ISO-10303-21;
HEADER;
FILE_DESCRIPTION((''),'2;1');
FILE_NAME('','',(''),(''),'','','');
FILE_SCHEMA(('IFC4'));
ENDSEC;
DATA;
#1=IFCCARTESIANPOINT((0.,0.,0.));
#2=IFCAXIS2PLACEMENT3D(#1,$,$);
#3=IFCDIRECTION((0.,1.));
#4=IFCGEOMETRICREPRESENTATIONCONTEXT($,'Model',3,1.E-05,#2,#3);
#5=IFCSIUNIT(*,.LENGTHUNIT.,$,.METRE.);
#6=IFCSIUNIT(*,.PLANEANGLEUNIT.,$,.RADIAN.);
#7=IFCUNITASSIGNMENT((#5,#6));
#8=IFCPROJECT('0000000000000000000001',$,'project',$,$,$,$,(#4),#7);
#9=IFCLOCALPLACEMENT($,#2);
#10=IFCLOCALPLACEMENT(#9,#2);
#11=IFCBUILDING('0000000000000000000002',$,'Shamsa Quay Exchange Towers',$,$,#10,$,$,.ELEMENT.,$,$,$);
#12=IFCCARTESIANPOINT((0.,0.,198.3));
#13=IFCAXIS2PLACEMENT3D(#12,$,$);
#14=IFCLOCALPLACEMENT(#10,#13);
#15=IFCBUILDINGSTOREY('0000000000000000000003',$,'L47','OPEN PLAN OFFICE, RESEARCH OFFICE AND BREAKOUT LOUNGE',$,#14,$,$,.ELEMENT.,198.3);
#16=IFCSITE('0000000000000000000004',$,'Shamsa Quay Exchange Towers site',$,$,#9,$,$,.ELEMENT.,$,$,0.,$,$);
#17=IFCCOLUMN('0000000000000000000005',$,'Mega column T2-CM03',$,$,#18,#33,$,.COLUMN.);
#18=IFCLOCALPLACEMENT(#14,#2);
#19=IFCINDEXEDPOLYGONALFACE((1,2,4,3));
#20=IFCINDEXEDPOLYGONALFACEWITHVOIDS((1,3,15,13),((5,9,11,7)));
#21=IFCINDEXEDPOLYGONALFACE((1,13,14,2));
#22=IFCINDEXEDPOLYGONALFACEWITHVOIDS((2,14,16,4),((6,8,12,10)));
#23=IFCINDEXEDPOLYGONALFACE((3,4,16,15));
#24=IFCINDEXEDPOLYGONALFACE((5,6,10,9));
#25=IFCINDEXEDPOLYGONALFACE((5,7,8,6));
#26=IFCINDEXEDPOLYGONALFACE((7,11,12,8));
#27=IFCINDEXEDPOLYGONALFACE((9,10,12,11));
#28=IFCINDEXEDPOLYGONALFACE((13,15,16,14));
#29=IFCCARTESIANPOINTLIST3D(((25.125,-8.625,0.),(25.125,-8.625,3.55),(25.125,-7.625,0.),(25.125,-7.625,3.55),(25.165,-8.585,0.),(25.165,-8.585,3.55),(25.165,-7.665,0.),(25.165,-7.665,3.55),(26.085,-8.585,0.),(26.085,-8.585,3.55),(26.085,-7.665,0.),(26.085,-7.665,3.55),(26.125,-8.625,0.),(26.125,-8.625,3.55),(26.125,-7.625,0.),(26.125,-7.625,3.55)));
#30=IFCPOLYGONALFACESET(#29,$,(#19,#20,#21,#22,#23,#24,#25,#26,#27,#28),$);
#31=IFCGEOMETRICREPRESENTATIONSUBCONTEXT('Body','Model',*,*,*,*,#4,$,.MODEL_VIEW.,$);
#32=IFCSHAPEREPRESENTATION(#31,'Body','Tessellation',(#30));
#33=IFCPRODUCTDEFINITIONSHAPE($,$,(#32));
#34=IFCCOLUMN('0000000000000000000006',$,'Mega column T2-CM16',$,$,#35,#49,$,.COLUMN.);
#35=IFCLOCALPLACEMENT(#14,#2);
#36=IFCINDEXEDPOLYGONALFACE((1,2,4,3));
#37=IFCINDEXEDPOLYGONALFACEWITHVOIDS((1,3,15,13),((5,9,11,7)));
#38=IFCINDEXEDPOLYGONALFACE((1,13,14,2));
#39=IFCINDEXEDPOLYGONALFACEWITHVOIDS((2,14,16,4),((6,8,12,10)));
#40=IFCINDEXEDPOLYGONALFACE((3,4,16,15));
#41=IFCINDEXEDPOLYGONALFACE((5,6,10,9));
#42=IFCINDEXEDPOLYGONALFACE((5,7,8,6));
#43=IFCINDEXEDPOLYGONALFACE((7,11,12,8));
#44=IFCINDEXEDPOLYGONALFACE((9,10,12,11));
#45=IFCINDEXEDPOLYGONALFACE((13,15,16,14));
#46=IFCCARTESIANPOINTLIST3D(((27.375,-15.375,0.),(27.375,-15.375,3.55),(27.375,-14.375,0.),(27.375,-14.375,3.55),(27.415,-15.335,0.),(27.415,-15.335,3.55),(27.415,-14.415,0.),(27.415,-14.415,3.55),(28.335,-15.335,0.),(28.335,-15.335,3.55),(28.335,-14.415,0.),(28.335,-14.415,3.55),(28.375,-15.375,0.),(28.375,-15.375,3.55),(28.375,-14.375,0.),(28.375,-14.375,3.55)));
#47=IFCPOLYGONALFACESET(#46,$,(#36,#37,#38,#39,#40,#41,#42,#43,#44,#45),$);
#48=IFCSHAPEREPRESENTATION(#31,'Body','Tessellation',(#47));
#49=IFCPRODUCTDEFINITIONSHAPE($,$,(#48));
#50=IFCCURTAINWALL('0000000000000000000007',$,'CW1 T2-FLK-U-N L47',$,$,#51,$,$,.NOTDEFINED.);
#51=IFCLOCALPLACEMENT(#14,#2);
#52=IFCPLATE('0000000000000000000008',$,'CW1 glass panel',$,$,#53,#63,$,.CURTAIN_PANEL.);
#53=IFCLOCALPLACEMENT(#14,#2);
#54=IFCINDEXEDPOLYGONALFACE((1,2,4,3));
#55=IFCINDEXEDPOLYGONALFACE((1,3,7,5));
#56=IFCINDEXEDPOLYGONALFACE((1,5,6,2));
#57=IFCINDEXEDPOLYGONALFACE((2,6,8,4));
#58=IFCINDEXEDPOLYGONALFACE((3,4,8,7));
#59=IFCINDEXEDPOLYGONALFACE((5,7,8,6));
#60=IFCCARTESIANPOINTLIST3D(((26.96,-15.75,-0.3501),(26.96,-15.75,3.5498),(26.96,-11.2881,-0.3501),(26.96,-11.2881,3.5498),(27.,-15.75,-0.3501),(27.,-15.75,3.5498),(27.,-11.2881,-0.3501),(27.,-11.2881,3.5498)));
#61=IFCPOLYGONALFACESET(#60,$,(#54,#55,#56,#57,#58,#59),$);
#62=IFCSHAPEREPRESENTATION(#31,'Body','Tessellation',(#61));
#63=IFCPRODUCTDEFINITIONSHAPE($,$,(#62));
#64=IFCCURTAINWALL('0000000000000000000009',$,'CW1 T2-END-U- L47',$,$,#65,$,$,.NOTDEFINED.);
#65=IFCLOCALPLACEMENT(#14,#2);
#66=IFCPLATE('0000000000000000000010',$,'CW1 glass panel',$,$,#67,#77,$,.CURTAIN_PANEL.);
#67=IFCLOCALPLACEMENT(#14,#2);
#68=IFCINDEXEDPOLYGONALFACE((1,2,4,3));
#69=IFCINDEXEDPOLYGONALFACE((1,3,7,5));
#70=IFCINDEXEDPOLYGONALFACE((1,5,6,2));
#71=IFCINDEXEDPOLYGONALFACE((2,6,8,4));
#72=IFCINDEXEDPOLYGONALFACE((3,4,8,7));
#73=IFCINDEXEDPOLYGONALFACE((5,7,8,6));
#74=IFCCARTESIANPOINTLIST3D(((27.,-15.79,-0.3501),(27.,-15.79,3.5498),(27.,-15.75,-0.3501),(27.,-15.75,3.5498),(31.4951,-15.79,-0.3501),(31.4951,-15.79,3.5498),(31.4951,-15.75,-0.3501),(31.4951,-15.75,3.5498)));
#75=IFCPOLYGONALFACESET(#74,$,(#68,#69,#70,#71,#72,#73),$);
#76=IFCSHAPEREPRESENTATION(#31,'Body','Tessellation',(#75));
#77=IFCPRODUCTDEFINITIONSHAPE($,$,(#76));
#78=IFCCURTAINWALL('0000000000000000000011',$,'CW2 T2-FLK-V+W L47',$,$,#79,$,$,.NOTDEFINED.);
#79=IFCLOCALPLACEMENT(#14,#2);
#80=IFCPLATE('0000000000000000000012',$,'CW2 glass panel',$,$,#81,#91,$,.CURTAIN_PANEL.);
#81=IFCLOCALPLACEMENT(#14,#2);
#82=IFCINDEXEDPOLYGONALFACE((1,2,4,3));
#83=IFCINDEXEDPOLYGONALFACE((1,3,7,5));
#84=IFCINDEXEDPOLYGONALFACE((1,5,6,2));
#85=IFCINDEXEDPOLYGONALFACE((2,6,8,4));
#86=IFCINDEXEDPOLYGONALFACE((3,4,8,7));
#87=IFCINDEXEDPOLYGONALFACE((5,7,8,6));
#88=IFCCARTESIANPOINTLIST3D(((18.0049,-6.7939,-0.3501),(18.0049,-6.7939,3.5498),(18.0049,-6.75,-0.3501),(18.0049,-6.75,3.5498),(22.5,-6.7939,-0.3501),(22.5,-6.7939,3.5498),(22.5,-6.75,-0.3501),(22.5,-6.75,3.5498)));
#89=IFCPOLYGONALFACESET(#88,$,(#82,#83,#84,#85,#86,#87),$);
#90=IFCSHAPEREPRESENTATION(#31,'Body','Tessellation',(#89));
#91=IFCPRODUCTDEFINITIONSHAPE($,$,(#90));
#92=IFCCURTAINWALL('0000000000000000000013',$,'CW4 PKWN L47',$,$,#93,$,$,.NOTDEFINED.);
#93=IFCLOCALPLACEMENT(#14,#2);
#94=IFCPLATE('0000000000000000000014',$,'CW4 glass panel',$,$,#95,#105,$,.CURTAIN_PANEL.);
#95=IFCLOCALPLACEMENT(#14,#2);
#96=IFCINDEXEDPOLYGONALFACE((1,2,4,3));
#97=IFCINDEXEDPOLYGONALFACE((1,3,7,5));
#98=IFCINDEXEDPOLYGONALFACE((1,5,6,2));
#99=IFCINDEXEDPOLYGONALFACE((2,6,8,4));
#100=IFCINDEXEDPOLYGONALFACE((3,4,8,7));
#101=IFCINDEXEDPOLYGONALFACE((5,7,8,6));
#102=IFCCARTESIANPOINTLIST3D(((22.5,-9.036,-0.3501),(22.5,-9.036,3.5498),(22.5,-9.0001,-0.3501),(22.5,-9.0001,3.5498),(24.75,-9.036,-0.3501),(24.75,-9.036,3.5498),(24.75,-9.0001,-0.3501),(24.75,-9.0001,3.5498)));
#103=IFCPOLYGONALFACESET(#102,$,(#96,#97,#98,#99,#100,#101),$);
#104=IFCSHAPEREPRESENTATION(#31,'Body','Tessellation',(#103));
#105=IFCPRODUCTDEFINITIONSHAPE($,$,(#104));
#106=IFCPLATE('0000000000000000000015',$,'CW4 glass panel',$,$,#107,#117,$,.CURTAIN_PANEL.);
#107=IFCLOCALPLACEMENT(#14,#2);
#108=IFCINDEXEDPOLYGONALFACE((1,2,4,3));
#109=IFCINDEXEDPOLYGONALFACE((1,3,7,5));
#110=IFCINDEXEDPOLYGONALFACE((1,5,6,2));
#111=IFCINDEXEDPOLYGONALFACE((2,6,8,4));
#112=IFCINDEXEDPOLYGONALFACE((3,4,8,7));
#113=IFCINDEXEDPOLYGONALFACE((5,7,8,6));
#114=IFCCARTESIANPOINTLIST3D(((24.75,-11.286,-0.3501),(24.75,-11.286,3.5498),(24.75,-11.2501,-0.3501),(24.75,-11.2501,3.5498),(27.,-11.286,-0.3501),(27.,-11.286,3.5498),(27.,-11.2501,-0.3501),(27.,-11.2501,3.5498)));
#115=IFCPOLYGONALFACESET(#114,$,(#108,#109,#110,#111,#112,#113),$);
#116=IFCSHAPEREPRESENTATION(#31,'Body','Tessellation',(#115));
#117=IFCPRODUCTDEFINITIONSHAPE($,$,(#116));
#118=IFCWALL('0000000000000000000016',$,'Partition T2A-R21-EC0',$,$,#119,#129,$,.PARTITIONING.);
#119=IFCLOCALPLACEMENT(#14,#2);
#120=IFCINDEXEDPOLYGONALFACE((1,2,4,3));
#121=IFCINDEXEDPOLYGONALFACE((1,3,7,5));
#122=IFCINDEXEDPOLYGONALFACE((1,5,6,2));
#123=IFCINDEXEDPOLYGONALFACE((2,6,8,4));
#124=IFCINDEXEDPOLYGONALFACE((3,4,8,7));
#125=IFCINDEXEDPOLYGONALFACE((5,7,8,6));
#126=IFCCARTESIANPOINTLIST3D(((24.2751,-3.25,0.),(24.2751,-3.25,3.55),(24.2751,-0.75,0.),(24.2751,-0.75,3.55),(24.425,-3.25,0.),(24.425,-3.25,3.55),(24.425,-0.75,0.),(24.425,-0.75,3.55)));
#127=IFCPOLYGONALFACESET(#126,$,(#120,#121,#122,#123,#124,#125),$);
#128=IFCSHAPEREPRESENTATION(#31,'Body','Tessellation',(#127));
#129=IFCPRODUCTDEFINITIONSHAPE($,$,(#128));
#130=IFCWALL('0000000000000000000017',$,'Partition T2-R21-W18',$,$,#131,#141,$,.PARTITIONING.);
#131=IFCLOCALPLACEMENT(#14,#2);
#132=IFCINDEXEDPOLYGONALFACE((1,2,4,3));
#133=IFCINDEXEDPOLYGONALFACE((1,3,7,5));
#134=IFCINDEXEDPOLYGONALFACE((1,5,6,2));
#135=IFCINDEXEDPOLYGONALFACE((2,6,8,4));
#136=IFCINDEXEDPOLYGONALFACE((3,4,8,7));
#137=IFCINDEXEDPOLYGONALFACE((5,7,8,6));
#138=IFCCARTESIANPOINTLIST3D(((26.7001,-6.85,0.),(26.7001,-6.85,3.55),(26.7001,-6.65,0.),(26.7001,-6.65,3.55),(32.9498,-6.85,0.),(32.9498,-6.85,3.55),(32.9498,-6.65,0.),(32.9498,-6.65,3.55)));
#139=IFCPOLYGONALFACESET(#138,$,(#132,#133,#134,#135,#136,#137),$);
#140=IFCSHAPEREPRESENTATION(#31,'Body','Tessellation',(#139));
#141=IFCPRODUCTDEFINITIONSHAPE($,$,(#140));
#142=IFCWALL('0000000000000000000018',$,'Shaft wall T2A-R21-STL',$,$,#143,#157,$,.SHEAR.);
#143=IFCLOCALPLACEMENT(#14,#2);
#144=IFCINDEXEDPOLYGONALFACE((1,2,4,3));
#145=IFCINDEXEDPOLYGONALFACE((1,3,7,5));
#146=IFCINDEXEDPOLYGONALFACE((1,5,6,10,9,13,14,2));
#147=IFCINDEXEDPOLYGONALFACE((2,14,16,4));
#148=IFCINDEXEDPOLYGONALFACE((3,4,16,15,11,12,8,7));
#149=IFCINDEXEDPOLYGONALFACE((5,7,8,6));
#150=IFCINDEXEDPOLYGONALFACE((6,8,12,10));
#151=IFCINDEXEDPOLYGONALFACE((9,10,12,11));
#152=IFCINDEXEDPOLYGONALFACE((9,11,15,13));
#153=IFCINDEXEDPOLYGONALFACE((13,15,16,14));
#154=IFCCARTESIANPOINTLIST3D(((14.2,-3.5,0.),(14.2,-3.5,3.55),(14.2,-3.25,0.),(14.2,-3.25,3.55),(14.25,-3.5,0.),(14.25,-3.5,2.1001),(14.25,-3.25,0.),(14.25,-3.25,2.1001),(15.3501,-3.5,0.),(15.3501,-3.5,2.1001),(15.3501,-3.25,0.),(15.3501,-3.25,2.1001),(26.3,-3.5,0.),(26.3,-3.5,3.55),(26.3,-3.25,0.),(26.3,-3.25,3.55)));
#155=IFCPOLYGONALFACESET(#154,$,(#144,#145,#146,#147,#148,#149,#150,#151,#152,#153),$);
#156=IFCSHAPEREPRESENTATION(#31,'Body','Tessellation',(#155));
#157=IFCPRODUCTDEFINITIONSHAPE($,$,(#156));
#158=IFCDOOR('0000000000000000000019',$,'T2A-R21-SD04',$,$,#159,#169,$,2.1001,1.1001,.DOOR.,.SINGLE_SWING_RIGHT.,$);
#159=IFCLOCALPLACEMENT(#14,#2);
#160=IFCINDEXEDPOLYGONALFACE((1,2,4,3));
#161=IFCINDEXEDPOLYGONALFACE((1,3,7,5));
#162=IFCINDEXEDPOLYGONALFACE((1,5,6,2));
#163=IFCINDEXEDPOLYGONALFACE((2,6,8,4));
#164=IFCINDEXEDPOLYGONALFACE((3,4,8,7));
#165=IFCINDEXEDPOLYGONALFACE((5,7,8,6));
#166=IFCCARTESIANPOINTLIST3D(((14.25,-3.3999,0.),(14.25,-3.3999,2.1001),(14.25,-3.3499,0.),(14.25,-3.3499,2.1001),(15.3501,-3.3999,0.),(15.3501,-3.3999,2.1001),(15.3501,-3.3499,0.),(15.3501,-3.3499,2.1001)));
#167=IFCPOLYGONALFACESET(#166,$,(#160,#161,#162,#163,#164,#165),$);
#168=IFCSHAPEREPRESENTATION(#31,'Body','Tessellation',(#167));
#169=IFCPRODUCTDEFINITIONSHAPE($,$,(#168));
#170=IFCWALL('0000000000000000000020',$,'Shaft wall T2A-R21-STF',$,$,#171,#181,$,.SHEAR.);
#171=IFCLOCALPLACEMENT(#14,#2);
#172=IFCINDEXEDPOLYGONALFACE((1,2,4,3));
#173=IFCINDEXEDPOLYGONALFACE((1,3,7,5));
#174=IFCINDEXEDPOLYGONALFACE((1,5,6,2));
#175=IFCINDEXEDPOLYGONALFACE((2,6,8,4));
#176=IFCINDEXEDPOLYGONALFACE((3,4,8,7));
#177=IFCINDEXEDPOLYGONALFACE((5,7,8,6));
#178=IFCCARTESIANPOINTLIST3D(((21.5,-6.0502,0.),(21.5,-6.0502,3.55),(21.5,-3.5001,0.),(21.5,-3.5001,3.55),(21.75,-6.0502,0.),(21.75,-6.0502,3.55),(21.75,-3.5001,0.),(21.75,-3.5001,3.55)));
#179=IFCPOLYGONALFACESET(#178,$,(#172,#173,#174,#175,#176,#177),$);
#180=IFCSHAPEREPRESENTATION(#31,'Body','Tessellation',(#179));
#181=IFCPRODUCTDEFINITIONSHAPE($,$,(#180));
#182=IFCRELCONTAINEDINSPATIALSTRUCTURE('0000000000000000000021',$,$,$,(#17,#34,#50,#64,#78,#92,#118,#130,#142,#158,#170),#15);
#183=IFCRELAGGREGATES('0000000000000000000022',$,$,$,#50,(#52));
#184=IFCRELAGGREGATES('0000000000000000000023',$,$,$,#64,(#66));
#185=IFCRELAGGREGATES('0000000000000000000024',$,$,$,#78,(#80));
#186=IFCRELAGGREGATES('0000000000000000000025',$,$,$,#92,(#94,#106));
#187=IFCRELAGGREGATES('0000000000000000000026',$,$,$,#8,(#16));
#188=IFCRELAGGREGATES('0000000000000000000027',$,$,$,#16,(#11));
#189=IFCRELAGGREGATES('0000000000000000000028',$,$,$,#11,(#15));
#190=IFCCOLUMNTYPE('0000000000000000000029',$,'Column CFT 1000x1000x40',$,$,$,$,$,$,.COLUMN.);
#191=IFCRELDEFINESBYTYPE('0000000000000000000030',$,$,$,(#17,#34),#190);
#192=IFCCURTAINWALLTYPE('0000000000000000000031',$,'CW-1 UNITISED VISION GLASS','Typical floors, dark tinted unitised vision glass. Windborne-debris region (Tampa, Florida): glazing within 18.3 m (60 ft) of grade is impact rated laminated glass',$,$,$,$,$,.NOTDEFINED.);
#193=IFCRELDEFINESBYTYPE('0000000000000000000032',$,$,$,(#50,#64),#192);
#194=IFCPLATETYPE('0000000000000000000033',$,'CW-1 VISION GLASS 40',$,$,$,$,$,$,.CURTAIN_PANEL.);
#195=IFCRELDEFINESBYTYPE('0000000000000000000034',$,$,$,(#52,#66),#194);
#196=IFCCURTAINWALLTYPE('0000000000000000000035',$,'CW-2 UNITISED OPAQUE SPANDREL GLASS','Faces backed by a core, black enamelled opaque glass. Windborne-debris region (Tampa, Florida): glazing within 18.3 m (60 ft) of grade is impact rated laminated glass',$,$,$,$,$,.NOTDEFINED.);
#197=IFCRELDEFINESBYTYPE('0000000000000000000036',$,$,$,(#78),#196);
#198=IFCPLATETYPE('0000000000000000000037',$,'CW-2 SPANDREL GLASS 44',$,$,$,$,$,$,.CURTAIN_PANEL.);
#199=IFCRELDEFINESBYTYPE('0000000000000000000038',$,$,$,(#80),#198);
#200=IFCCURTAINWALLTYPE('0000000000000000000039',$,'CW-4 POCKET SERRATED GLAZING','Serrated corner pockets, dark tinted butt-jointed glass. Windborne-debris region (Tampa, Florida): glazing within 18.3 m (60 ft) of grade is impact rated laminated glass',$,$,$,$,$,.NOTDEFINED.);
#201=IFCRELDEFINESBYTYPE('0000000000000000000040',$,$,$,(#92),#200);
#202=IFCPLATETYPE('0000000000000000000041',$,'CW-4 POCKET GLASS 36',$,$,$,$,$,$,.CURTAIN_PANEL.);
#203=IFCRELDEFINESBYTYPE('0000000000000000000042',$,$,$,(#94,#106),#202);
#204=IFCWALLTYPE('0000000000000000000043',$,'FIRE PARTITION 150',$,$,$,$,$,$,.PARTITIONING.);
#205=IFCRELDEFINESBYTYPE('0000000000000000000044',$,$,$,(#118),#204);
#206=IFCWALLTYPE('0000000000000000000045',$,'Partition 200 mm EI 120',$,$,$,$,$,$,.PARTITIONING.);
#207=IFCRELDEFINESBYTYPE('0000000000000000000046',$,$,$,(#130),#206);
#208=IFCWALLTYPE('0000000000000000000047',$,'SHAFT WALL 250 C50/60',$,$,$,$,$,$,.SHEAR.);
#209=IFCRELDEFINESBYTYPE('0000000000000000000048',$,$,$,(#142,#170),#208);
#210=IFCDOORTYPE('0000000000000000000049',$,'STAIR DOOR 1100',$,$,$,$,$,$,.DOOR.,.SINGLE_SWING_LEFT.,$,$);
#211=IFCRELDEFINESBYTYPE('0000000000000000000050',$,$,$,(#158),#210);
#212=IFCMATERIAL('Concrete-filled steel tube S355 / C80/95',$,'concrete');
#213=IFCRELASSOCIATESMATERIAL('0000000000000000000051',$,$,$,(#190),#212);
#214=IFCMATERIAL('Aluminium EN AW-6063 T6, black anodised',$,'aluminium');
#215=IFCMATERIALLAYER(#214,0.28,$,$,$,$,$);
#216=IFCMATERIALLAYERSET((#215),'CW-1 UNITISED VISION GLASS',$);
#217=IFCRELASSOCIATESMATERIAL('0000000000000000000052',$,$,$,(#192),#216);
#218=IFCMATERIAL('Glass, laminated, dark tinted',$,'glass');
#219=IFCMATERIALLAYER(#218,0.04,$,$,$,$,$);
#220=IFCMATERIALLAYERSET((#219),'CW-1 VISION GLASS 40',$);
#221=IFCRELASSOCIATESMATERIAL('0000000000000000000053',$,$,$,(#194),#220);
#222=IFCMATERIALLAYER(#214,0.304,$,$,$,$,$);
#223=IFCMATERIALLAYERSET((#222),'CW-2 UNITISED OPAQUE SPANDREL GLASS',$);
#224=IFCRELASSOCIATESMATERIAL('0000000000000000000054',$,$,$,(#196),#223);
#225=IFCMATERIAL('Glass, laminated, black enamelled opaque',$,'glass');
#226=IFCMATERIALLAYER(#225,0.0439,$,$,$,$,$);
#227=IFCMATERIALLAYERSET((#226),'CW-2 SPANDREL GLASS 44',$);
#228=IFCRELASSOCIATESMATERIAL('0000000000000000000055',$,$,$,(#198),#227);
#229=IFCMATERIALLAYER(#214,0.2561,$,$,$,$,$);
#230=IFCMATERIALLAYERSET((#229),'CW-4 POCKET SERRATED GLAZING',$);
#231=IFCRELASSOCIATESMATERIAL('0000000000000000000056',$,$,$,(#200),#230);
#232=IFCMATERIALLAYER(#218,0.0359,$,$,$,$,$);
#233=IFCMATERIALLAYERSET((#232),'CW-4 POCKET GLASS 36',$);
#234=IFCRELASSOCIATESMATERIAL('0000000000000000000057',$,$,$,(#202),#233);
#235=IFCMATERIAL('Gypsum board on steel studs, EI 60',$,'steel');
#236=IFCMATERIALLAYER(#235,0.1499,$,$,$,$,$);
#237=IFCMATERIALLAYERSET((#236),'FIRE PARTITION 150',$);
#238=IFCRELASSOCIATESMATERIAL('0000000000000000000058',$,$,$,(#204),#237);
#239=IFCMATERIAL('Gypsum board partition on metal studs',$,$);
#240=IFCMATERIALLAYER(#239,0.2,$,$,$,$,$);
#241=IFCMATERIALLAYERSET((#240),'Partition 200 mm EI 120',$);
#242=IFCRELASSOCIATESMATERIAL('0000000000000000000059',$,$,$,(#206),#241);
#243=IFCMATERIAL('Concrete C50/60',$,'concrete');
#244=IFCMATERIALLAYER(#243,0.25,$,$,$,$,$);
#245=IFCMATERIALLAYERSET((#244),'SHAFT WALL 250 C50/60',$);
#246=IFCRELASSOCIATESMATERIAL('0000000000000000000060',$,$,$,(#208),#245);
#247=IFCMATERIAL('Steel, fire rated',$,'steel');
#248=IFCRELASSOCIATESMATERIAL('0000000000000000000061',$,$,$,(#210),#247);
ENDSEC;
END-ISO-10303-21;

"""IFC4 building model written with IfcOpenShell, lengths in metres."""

from ifc_helpers import new_model, si_unit, direction, frame, frame_2d, origin, origin_2d, place, context, subcontext, project, spatial, rectangle, hollow_rectangle, extrude, material, layer, layer_set, material_profile, profile_set, type_object, element, fill, aggregate, save


model = new_model("IFC4")

# Units and contexts
model_context = context("Model", 3, precision=1e-05, world=origin(), true_north=direction((0.0, 1.0)))
body_context = subcontext(model_context, "Body", "Model", "MODEL_VIEW")
ifc_project = project(units=[si_unit("LENGTHUNIT", "METRE"), si_unit("PLANEANGLEUNIT", "RADIAN")], contexts=[model_context])

# Site, building, storey
site_placement = place(None, origin())
site = spatial("IfcSite", under=ifc_project, at=site_placement, Name="Shamsa Quay Exchange Towers site", CompositionType="ELEMENT", RefElevation=0.0)
building_placement = place(site_placement, origin())
building = spatial("IfcBuilding", under=site, at=building_placement, Name="Shamsa Quay Exchange Towers", CompositionType="ELEMENT")
storey_placement = place(building_placement, frame((0.0, 0.0, 198.3)))
storey = spatial("IfcBuildingStorey", under=building, at=storey_placement, Name="L47", Description="OPEN PLAN OFFICE, RESEARCH OFFICE AND BREAKOUT LOUNGE", CompositionType="ELEMENT", Elevation=198.3)

# Columns
ifc_material_1 = material(Name="Concrete-filled steel tube S355 / C80/95", Category="concrete")
ifc_material_profile = material_profile(ifc_material_1, hollow_rectangle(XDim=1.0, YDim=1.0, WallThickness=0.04, at=origin_2d()), Name="CFT 1000x1000x40")
ifc_profile_set = profile_set([ifc_material_profile], Name="Concrete-filled steel tube S355 / C80/95")
column_type = type_object("IfcColumnType", Name="Column CFT 1000x1000x40", PredefinedType="COLUMN", material=ifc_profile_set)
for number, where, name in (
    (1, (25.625, -8.125, 0.0), "Mega column T2-CM03"),
    (2, (27.875, -14.875, 0.0), "Mega column T2-CM16"),
):
    element("IfcColumn", number, at=place(storey_placement, frame(where)), inside=storey, type_object=column_type, Name=name, PredefinedType="COLUMN", context=body_context, shape_type="SweptSolid", body=[
        extrude(hollow_rectangle(XDim=1.0, YDim=1.0, WallThickness=0.04, at=origin_2d()), origin(), (0.0, 0.0, 1.0), 3.55),
    ])

# Curtain walls, plates
ifc_material_2 = material(Name="Aluminium EN AW-6063 T6, black anodised", Category="aluminium")
ifc_layer_1 = layer(ifc_material_2, 0.28)
ifc_layer_set_1 = layer_set([ifc_layer_1], Name="CW-1 UNITISED VISION GLASS")
curtain_wall_type_1 = type_object("IfcCurtainWallType", Name="CW-1 UNITISED VISION GLASS", Description="Typical floors, dark tinted unitised vision glass. Windborne-debris region (Tampa, Florida): glazing within 18.3 m (60 ft) of grade is impact rated laminated glass", PredefinedType="NOTDEFINED", material=ifc_layer_set_1)
curtain_wall_1_placement = place(storey_placement, origin())
curtain_wall_1 = element("IfcCurtainWall", 3, at=curtain_wall_1_placement, inside=storey, type_object=curtain_wall_type_1, Name="CW1 T2-FLK-U-N L47", PredefinedType="NOTDEFINED")
ifc_material_3 = material(Name="Glass, laminated, dark tinted", Category="glass")
ifc_layer_2 = layer(ifc_material_3, 0.04)
ifc_layer_set_2 = layer_set([ifc_layer_2], Name="CW-1 VISION GLASS 40")
plate_type_1 = type_object("IfcPlateType", Name="CW-1 VISION GLASS 40", PredefinedType="CURTAIN_PANEL", material=ifc_layer_set_2)
plate_1_placement = place(storey_placement, frame((26.98, -13.519, -0.3501), z_axis=(0.0, 0.0, 1.0), x_axis=(0.0, -1.0, 0.0)))
plate_1 = element("IfcPlate", 4, at=plate_1_placement, type_object=plate_type_1, Name="CW1 glass panel", PredefinedType="CURTAIN_PANEL", context=body_context, shape_type="SweptSolid", body=[
    extrude(rectangle(XDim=4.4619, YDim=0.04, at=origin_2d()), origin(), (0.0, 0.0, 1.0), 3.8999),
])
aggregate(curtain_wall_1, [plate_1])
curtain_wall_2_placement = place(storey_placement, origin())
curtain_wall_2 = element("IfcCurtainWall", 5, at=curtain_wall_2_placement, inside=storey, type_object=curtain_wall_type_1, Name="CW1 T2-END-U- L47", PredefinedType="NOTDEFINED")
plate_2_placement = place(storey_placement, frame((29.2476, -15.77, -0.3501)))
plate_2 = element("IfcPlate", 6, at=plate_2_placement, type_object=plate_type_1, Name="CW1 glass panel", PredefinedType="CURTAIN_PANEL", context=body_context, shape_type="SweptSolid", body=[
    extrude(rectangle(XDim=4.4951, YDim=0.04, at=origin_2d()), origin(), (0.0, 0.0, 1.0), 3.8999),
])
aggregate(curtain_wall_2, [plate_2])
ifc_layer_3 = layer(ifc_material_2, 0.304)
ifc_layer_set_3 = layer_set([ifc_layer_3], Name="CW-2 UNITISED OPAQUE SPANDREL GLASS")
curtain_wall_type_2 = type_object("IfcCurtainWallType", Name="CW-2 UNITISED OPAQUE SPANDREL GLASS", Description="Faces backed by a core, black enamelled opaque glass. Windborne-debris region (Tampa, Florida): glazing within 18.3 m (60 ft) of grade is impact rated laminated glass", PredefinedType="NOTDEFINED", material=ifc_layer_set_3)
curtain_wall_3_placement = place(storey_placement, origin())
curtain_wall_3 = element("IfcCurtainWall", 7, at=curtain_wall_3_placement, inside=storey, type_object=curtain_wall_type_2, Name="CW2 T2-FLK-V+W L47", PredefinedType="NOTDEFINED")
ifc_material_4 = material(Name="Glass, laminated, black enamelled opaque", Category="glass")
ifc_layer_4 = layer(ifc_material_4, 0.0439)
ifc_layer_set_4 = layer_set([ifc_layer_4], Name="CW-2 SPANDREL GLASS 44")
plate_type_2 = type_object("IfcPlateType", Name="CW-2 SPANDREL GLASS 44", PredefinedType="CURTAIN_PANEL", material=ifc_layer_set_4)
plate_3_placement = place(storey_placement, frame((20.2524, -6.772, -0.3501)))
plate_3 = element("IfcPlate", 8, at=plate_3_placement, type_object=plate_type_2, Name="CW2 glass panel", PredefinedType="CURTAIN_PANEL", context=body_context, shape_type="SweptSolid", body=[
    extrude(rectangle(XDim=4.4951, YDim=0.0439, at=origin_2d()), origin(), (0.0, 0.0, 1.0), 3.8999),
])
aggregate(curtain_wall_3, [plate_3])

# Curtain wall, plates
ifc_layer_5 = layer(ifc_material_2, 0.2561)
ifc_layer_set_5 = layer_set([ifc_layer_5], Name="CW-4 POCKET SERRATED GLAZING")
curtain_wall_type_3 = type_object("IfcCurtainWallType", Name="CW-4 POCKET SERRATED GLAZING", Description="Serrated corner pockets, dark tinted butt-jointed glass. Windborne-debris region (Tampa, Florida): glazing within 18.3 m (60 ft) of grade is impact rated laminated glass", PredefinedType="NOTDEFINED", material=ifc_layer_set_5)
curtain_wall_4_placement = place(storey_placement, origin())
curtain_wall_4 = element("IfcCurtainWall", 9, at=curtain_wall_4_placement, inside=storey, type_object=curtain_wall_type_3, Name="CW4 PKWN L47", PredefinedType="NOTDEFINED")
ifc_layer_6 = layer(ifc_material_3, 0.0359)
ifc_layer_set_6 = layer_set([ifc_layer_6], Name="CW-4 POCKET GLASS 36")
plate_type_3 = type_object("IfcPlateType", Name="CW-4 POCKET GLASS 36", PredefinedType="CURTAIN_PANEL", material=ifc_layer_set_6)
plate_4_placement = place(storey_placement, frame((23.625, -9.0181, -0.3501)))
plate_4 = element("IfcPlate", 10, at=plate_4_placement, type_object=plate_type_3, Name="CW4 glass panel", PredefinedType="CURTAIN_PANEL", context=body_context, shape_type="SweptSolid", body=[
    extrude(rectangle(XDim=2.25, YDim=0.0359, at=origin_2d()), origin(), (0.0, 0.0, 1.0), 3.8999),
])
plate_5_placement = place(storey_placement, frame((25.875, -11.2681, -0.3501)))
plate_5 = element("IfcPlate", 11, at=plate_5_placement, type_object=plate_type_3, Name="CW4 glass panel", PredefinedType="CURTAIN_PANEL", context=body_context, shape_type="SweptSolid", body=[
    extrude(rectangle(XDim=2.25, YDim=0.0359, at=origin_2d()), origin(), (0.0, 0.0, 1.0), 3.8999),
])
aggregate(curtain_wall_4, [plate_4, plate_5])

# Walls
ifc_material_5 = material(Name="Gypsum board on steel studs, EI 60", Category="steel")
ifc_layer_7 = layer(ifc_material_5, 0.1499)
ifc_layer_set_7 = layer_set([ifc_layer_7], Name="FIRE PARTITION 150")
wall_type_1 = type_object("IfcWallType", Name="FIRE PARTITION 150", PredefinedType="PARTITIONING", material=ifc_layer_set_7)
wall_1_placement = place(storey_placement, frame((24.3501, -3.25, 0.0), z_axis=(0.0, 0.0, 1.0), x_axis=(0.0, 1.0, 0.0)))
element("IfcWall", 12, at=wall_1_placement, inside=storey, type_object=wall_type_1, Name="Partition T2A-R21-EC0", PredefinedType="PARTITIONING", context=body_context, shape_type="SweptSolid", body=[
    extrude(rectangle(XDim=2.5, YDim=0.1499, at=frame_2d((1.25, 0.0))), origin(), (0.0, 0.0, 1.0), 3.55),
])
ifc_material_6 = material(Name="Gypsum board partition on metal studs")
ifc_layer_8 = layer(ifc_material_6, 0.2)
ifc_layer_set_8 = layer_set([ifc_layer_8], Name="Partition 200 mm EI 120")
wall_type_2 = type_object("IfcWallType", Name="Partition 200 mm EI 120", PredefinedType="PARTITIONING", material=ifc_layer_set_8)
wall_2_placement = place(storey_placement, frame((26.7, -6.75, 0.0)))
element("IfcWall", 13, at=wall_2_placement, inside=storey, type_object=wall_type_2, Name="Partition T2-R21-W18", PredefinedType="PARTITIONING", context=body_context, shape_type="SweptSolid", body=[
    extrude(rectangle(XDim=6.2498, YDim=0.2, at=frame_2d((3.125, 0.0))), origin(), (0.0, 0.0, 1.0), 3.55),
])

# Wall, opening, door
ifc_material_7 = material(Name="Concrete C50/60", Category="concrete")
ifc_layer_9 = layer(ifc_material_7, 0.25)
ifc_layer_set_9 = layer_set([ifc_layer_9], Name="SHAFT WALL 250 C50/60")
wall_type_3 = type_object("IfcWallType", Name="SHAFT WALL 250 C50/60", PredefinedType="SHEAR", material=ifc_layer_set_9)
wall_3_placement = place(storey_placement, frame((26.3, -3.375, 0.0), z_axis=(0.0, 0.0, 1.0), x_axis=(-1.0, 0.0, 0.0)))
wall_3 = element("IfcWall", 14, at=wall_3_placement, inside=storey, type_object=wall_type_3, Name="Shaft wall T2A-R21-STL", PredefinedType="SHEAR", context=body_context, shape_type="SweptSolid", body=[
    extrude(rectangle(XDim=12.1001, YDim=0.25, at=frame_2d((6.05, 0.0))), origin(), (0.0, 0.0, 1.0), 3.55),
])
opening_1_placement = place(wall_3_placement, frame((10.95, 0.0, 0.0)))
opening_1 = element("IfcOpeningElement", 15, at=opening_1_placement, cuts=wall_3, PredefinedType="OPENING", context=body_context, shape_type="SweptSolid", body=[
    extrude(rectangle(XDim=1.1001, YDim=2.1001, at=frame_2d((0.55, 1.05))), frame((0.0, 0.135, 0.0), z_axis=(0.0, -1.0, 0.0), x_axis=(1.0, 0.0, 0.0)), (0.0, 0.0, 1.0), 0.27),
])
ifc_material_8 = material(Name="Steel, fire rated", Category="steel")
door_type_1 = type_object("IfcDoorType", Name="STAIR DOOR 1100", OperationType="SINGLE_SWING_LEFT", PredefinedType="DOOR", material=ifc_material_8)
door_1_placement = place(opening_1_placement, origin())
door_1 = element("IfcDoor", 16, at=door_1_placement, inside=storey, type_object=door_type_1, Name="T2A-R21-SD04", OperationType="SINGLE_SWING_RIGHT", OverallHeight=2.1001, OverallWidth=1.1001, PredefinedType="DOOR", context=body_context, shape_type="SweptSolid", body=[
    extrude(rectangle(XDim=1.1001, YDim=2.1001, at=frame_2d((0.55, 1.05))), frame((0.0, 0.0249, 0.0), z_axis=(0.0, -1.0, 0.0), x_axis=(1.0, 0.0, 0.0)), (0.0, 0.0, 1.0), 0.05),
])
fill(opening_1, door_1)

# Wall
wall_4_placement = place(storey_placement, frame((21.625, -6.05, 0.0), z_axis=(0.0, 0.0, 1.0), x_axis=(0.0, 1.0, 0.0)))
element("IfcWall", 17, at=wall_4_placement, inside=storey, type_object=wall_type_3, Name="Shaft wall T2A-R21-STF", PredefinedType="SHEAR", context=body_context, shape_type="SweptSolid", body=[
    extrude(rectangle(XDim=2.55, YDim=0.25, at=frame_2d((1.2749, 0.0))), origin(), (0.0, 0.0, 1.0), 3.55),
])

save(model, "model.ifc")
